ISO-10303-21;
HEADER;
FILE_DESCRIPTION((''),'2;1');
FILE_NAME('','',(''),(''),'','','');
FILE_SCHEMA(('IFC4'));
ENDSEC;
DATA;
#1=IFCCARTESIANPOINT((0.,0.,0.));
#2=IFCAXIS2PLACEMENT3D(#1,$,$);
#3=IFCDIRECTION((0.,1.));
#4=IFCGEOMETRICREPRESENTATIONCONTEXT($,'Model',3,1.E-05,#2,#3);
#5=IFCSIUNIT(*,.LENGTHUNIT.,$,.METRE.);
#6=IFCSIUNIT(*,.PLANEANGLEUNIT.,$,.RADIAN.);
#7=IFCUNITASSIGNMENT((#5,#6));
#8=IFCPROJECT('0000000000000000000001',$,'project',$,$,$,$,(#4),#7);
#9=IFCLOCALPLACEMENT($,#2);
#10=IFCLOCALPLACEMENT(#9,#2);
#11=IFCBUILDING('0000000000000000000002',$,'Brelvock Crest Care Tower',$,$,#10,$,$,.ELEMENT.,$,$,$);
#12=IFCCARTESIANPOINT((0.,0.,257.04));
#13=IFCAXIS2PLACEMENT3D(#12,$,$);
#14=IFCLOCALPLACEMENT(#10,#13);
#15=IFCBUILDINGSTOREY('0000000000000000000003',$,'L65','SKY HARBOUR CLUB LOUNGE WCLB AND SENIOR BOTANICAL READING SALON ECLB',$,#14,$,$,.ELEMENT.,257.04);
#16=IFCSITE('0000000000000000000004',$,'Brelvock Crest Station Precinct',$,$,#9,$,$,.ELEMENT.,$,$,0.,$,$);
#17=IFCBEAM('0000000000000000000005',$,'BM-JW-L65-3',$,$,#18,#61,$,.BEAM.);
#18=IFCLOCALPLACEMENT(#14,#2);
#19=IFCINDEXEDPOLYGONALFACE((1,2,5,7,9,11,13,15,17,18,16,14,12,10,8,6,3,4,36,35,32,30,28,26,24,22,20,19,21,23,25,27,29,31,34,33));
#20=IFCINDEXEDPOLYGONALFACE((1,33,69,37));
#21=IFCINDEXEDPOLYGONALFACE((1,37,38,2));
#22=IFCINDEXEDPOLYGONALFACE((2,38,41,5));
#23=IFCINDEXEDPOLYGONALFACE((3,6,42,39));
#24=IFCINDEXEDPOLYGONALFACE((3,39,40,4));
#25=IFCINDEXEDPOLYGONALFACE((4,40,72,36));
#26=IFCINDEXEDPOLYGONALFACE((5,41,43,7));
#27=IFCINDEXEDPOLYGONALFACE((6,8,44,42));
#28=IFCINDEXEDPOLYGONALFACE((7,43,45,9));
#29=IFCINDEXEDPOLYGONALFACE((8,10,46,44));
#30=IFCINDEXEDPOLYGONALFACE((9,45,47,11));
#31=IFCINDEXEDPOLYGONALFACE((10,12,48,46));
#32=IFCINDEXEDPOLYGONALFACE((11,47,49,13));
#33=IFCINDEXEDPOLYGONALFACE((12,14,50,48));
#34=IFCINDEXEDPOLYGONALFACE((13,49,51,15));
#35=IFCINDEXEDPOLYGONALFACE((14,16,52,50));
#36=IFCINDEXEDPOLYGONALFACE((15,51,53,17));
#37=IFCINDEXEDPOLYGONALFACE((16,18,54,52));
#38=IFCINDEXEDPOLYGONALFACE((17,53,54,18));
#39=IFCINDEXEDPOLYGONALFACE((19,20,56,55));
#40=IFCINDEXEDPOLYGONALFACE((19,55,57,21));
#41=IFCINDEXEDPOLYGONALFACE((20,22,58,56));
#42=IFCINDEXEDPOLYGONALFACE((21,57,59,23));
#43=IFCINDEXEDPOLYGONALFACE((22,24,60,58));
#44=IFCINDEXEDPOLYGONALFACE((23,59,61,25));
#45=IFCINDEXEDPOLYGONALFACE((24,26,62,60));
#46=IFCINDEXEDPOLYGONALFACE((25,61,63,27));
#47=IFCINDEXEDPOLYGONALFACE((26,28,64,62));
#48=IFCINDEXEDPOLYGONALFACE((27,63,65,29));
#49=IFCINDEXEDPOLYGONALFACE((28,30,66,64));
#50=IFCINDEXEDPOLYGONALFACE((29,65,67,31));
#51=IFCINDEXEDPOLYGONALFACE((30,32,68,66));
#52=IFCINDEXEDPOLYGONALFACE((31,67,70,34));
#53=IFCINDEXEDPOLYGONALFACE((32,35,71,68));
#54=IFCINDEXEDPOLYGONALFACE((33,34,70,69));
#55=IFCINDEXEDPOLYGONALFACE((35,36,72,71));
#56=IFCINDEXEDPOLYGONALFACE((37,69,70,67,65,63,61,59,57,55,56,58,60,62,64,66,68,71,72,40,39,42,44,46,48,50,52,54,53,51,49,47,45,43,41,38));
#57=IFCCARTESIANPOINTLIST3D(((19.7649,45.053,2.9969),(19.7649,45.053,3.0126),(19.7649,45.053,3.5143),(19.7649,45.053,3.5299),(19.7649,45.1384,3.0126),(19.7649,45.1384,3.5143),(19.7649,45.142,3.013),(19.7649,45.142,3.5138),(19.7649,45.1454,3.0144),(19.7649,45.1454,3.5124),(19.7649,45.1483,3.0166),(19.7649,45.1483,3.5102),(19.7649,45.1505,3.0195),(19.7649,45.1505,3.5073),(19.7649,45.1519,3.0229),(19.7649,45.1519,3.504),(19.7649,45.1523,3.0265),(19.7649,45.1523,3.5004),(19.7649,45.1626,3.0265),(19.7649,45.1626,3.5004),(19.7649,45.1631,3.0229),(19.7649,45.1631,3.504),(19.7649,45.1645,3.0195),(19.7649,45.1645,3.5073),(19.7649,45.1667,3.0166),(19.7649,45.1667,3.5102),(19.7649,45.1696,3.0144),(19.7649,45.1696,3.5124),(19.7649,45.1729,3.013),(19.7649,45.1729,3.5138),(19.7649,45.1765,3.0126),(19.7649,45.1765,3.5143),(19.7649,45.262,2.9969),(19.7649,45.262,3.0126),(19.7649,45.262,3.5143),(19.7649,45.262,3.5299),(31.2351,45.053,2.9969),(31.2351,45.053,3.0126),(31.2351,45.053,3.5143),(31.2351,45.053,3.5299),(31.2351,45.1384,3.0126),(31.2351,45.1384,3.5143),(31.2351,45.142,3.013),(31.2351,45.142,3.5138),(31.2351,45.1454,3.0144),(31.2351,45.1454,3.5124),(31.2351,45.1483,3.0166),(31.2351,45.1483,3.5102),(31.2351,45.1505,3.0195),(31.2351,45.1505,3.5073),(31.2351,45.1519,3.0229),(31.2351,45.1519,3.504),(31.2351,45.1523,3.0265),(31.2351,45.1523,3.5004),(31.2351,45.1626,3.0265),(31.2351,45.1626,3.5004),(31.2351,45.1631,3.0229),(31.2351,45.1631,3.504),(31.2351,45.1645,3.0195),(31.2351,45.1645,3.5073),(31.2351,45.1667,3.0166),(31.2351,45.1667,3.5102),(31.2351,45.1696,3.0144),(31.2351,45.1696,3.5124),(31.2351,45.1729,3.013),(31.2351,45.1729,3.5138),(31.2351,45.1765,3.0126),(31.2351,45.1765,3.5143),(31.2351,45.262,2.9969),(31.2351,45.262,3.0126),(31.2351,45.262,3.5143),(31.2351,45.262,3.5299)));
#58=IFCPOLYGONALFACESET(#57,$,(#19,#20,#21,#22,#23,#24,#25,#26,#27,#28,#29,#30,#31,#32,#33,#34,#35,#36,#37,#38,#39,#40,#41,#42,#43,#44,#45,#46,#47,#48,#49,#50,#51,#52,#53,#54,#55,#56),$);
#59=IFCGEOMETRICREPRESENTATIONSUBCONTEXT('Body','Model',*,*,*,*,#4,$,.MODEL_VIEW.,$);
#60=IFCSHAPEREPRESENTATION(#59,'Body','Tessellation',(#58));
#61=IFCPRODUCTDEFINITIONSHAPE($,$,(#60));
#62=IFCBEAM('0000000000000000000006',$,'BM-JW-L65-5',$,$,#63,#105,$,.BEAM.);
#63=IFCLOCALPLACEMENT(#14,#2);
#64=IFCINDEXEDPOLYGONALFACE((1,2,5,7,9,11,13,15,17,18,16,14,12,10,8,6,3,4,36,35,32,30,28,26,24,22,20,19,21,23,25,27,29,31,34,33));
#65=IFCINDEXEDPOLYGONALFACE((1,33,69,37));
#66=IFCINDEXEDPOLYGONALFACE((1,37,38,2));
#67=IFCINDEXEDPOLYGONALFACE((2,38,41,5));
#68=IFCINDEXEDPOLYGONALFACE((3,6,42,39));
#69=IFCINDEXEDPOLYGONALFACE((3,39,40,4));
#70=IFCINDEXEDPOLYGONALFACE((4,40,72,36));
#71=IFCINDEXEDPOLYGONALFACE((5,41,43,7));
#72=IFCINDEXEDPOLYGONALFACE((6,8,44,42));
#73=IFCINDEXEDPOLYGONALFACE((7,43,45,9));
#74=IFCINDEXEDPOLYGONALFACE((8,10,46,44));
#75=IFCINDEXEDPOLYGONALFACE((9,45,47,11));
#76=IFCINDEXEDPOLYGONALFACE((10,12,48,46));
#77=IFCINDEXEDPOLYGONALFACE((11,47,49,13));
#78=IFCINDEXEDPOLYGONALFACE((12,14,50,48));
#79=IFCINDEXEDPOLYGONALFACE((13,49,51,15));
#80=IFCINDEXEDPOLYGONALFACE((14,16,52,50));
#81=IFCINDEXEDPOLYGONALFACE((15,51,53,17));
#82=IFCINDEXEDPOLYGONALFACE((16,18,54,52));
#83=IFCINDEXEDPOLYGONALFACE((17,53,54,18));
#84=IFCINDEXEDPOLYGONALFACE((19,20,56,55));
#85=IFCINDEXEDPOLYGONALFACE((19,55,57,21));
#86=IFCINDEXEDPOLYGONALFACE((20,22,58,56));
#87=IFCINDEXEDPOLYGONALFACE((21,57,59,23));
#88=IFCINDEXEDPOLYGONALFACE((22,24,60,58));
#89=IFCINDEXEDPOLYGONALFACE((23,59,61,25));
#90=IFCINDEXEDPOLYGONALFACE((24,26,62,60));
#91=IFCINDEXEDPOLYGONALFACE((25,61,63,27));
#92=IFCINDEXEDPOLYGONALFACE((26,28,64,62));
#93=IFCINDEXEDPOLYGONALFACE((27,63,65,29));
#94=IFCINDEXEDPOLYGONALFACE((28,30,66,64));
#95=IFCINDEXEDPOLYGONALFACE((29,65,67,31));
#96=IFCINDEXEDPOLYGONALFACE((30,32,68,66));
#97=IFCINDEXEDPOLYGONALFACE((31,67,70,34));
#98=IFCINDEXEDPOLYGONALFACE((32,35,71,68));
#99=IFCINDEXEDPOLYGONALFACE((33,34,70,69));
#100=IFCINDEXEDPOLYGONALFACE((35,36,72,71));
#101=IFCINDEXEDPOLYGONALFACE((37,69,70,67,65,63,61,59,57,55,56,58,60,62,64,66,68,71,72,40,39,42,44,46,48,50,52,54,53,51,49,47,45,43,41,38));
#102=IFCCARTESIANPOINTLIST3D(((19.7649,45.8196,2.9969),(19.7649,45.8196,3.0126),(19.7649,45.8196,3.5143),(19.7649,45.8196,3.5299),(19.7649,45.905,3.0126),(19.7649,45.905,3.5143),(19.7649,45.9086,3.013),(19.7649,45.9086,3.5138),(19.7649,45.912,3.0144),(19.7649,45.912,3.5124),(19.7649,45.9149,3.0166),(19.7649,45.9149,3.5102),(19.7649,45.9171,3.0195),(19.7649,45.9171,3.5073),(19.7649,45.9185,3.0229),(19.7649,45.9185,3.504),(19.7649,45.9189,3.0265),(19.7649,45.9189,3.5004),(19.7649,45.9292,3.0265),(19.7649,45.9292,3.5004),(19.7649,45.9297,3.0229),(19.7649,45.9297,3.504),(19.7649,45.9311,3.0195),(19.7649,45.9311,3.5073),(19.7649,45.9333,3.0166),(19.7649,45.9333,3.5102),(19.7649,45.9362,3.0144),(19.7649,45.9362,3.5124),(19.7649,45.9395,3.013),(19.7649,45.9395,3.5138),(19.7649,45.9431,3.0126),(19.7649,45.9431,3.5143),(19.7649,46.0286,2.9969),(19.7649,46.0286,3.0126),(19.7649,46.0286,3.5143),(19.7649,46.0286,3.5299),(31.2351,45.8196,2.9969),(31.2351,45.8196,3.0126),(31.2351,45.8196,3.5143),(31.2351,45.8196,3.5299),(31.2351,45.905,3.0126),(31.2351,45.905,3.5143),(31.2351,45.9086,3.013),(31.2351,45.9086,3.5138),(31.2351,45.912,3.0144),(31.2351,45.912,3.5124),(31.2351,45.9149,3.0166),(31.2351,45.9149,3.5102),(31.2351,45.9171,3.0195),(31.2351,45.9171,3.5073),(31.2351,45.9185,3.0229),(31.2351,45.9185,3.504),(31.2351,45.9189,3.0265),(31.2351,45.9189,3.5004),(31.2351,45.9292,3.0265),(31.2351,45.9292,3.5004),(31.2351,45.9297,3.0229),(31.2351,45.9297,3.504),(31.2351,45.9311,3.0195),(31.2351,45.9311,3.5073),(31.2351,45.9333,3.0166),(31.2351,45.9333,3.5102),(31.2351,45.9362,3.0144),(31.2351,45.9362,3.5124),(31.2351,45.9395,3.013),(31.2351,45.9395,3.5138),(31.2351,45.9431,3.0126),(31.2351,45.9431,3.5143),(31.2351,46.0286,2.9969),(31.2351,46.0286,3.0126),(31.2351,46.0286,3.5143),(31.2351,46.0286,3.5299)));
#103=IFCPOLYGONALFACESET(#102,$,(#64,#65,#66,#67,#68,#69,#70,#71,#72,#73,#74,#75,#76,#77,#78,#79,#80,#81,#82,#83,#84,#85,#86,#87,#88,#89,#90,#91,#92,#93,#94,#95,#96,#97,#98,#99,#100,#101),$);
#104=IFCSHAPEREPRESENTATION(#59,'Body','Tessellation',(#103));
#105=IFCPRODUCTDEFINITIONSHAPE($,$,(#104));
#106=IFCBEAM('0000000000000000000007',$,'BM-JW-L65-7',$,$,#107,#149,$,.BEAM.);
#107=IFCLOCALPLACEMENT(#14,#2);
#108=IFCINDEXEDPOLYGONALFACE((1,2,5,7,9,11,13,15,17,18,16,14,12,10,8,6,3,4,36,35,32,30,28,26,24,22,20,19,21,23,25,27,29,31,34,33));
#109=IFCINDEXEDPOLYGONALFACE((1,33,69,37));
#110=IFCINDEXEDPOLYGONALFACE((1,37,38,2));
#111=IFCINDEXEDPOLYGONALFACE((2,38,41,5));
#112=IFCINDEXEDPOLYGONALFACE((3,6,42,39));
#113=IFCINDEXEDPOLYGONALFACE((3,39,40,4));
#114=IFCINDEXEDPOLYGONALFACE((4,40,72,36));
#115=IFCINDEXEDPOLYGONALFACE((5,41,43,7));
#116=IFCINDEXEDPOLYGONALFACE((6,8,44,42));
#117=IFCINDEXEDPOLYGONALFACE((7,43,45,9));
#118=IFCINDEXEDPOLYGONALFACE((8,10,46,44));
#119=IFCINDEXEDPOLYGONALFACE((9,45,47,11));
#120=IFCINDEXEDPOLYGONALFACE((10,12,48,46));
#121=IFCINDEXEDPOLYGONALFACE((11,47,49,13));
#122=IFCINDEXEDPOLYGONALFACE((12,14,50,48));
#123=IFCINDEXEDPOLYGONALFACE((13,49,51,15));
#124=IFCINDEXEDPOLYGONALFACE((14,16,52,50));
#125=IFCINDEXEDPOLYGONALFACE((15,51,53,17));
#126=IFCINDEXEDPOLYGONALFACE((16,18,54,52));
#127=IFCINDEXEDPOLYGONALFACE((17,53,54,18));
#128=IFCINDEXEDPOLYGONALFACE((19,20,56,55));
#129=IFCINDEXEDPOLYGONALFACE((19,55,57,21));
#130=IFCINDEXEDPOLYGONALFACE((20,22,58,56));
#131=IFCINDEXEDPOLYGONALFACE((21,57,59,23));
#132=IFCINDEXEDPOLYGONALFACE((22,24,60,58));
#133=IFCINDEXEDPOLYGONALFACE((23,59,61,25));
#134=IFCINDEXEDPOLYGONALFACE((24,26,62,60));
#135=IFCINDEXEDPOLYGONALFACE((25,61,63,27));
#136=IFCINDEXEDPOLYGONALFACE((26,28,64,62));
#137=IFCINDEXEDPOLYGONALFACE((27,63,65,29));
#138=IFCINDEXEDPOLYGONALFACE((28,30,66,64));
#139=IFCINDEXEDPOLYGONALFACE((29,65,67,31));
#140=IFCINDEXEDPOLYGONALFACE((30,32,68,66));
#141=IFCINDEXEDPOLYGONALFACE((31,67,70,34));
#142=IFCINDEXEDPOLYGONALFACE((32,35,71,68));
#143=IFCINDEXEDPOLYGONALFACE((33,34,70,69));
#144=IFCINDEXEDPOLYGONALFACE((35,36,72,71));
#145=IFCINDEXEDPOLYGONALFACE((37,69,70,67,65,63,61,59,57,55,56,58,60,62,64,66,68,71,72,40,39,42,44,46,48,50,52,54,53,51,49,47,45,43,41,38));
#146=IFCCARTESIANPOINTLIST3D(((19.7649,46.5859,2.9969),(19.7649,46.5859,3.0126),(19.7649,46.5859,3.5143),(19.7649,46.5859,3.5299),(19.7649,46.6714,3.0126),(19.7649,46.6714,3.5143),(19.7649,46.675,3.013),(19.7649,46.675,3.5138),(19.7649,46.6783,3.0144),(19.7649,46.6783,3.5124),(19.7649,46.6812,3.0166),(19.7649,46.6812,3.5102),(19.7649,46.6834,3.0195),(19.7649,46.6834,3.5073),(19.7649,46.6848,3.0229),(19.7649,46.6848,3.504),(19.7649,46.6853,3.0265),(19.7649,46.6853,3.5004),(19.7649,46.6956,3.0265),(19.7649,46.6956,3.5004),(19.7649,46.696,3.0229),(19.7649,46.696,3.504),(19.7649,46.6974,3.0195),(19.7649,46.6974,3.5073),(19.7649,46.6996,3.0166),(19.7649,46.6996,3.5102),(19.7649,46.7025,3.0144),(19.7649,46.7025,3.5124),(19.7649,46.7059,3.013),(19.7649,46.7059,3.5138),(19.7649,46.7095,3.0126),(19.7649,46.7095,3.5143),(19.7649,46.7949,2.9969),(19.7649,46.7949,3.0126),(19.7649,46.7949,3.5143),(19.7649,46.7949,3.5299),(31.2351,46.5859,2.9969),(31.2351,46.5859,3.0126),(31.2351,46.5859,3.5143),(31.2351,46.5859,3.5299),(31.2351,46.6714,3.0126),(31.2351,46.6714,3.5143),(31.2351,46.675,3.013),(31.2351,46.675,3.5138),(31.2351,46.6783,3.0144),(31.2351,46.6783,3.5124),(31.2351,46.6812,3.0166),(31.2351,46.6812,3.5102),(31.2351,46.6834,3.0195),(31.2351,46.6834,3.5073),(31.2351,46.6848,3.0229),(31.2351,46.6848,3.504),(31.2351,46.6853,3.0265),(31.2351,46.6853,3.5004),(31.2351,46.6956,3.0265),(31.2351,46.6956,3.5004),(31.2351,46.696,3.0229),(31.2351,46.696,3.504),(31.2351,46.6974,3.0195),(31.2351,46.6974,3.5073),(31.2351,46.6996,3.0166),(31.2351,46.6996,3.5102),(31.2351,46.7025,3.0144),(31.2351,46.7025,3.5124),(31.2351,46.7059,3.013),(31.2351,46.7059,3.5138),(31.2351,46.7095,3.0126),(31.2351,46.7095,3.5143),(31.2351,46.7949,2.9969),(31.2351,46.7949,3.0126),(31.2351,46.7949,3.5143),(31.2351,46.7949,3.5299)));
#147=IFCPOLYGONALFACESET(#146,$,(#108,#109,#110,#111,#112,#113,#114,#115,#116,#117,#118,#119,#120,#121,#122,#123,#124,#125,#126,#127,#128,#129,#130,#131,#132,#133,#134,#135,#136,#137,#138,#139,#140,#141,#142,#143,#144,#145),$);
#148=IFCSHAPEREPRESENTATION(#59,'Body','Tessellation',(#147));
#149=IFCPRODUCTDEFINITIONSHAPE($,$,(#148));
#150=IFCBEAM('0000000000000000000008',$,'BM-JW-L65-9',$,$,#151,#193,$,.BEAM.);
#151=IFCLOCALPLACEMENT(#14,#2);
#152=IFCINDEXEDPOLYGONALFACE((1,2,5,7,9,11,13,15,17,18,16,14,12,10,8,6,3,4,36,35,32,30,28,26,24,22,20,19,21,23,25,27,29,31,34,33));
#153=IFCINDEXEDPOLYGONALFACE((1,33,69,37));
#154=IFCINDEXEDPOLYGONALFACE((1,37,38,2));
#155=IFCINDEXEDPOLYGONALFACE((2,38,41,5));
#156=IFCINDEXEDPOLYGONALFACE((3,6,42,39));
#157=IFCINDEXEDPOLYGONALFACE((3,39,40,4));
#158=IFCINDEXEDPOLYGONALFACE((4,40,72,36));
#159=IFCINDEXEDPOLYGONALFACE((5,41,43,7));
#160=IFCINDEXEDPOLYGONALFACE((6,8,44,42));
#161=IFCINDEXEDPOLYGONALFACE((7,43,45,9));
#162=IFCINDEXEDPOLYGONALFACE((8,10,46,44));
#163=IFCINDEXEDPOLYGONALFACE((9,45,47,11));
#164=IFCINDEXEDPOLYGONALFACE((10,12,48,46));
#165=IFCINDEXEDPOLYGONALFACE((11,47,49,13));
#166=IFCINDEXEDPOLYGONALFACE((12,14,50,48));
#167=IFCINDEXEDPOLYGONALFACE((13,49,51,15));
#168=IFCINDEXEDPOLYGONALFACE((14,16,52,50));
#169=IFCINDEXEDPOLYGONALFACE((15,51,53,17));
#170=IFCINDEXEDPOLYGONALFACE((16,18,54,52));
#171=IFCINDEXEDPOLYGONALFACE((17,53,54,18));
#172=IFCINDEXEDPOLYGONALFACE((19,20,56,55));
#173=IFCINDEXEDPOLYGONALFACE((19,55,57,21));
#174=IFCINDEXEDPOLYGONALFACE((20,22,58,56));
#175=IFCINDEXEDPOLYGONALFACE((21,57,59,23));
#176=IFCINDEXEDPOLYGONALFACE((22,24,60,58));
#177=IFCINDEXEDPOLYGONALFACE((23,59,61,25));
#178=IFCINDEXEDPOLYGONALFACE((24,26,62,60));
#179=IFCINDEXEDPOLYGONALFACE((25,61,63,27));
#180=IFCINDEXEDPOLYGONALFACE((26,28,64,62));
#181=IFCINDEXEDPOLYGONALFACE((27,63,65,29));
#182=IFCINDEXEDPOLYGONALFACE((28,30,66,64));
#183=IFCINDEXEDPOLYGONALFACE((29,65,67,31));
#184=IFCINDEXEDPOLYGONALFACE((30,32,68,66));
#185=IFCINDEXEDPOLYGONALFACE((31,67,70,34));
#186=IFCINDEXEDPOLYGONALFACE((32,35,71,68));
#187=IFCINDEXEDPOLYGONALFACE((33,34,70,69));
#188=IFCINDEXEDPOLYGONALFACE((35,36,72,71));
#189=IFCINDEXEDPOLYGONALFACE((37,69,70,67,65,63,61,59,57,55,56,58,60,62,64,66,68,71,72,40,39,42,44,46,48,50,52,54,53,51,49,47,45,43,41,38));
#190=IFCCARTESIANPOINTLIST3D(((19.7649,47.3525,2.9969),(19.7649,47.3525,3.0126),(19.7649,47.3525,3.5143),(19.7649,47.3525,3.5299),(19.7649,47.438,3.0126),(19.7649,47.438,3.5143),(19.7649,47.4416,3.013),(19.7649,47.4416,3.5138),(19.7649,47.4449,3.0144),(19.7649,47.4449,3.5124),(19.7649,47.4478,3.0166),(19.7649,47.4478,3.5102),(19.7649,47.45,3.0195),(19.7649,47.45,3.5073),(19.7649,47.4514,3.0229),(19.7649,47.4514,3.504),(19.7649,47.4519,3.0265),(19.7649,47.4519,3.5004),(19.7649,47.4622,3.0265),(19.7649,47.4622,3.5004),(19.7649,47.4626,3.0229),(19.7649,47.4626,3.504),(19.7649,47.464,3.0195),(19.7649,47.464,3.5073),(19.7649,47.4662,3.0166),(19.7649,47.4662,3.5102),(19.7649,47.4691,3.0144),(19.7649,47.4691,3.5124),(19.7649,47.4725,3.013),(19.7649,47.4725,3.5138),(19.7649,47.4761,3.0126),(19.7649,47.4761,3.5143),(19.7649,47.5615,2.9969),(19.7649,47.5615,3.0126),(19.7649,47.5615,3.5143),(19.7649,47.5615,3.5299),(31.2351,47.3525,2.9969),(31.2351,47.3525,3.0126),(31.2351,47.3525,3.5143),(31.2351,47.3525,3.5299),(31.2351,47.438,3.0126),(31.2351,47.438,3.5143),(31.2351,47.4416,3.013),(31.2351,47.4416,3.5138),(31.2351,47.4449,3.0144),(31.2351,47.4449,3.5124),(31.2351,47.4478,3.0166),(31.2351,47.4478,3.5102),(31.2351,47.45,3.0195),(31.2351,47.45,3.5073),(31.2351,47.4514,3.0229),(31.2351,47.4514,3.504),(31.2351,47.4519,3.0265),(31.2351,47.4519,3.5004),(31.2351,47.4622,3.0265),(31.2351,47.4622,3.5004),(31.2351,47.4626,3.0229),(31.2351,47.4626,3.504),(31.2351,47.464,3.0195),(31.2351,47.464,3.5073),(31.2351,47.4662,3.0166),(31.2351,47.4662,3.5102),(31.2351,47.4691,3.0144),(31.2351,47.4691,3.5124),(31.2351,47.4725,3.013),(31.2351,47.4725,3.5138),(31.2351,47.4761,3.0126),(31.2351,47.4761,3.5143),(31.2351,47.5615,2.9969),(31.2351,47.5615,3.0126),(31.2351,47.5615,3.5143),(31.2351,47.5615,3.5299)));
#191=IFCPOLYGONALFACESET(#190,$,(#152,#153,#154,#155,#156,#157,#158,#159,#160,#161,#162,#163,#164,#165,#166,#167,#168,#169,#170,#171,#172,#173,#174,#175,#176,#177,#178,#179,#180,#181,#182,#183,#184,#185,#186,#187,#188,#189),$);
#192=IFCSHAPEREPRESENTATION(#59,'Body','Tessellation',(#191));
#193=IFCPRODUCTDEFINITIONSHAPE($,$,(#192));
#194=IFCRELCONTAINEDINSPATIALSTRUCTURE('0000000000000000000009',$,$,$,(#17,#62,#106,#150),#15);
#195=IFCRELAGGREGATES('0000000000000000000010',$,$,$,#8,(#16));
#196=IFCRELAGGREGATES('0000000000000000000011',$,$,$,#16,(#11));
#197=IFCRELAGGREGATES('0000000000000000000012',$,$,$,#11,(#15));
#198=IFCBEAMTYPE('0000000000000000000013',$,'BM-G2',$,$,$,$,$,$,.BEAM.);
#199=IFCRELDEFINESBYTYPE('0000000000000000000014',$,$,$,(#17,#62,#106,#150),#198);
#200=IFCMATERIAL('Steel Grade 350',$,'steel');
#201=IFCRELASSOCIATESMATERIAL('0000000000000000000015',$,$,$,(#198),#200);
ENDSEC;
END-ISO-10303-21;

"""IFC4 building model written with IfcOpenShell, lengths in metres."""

from ifc_helpers import new_model, si_unit, direction, frame, origin, origin_2d, place, context, subcontext, project, spatial, i_section, extrude, source, transform, mapped, material, material_profile, profile_set, type_object, element, save


model = new_model("IFC4")

# Units and contexts
model_context = context("Model", 3, precision=1e-05, world=origin(), true_north=direction((0.0, 1.0)))
body_context = subcontext(model_context, "Body", "Model", "MODEL_VIEW")
ifc_project = project(units=[si_unit("LENGTHUNIT", "METRE"), si_unit("PLANEANGLEUNIT", "RADIAN")], contexts=[model_context])

# Site, building, storey
site_placement = place(None, origin())
site = spatial("IfcSite", under=ifc_project, at=site_placement, Name="Brelvock Crest Station Precinct", CompositionType="ELEMENT", RefElevation=0.0)
building_placement = place(site_placement, origin())
building = spatial("IfcBuilding", under=site, at=building_placement, Name="Brelvock Crest Care Tower", CompositionType="ELEMENT")
storey_placement = place(building_placement, frame((0.0, 0.0, 257.04)))
storey = spatial("IfcBuildingStorey", under=building, at=storey_placement, Name="L65", Description="SKY HARBOUR CLUB LOUNGE WCLB AND SENIOR BOTANICAL READING SALON ECLB", CompositionType="ELEMENT", Elevation=257.04)

# Beams
ifc_material_1 = material(Name="Steel Grade 350", Category="steel")
ifc_material_profile_1 = material_profile(ifc_material_1, i_section(OverallWidth=0.209, OverallDepth=0.533, WebThickness=0.0103, FlangeThickness=0.0156, FilletRadius=0.0139, at=origin_2d()), Name="530UB92.4")
ifc_profile_set_1 = profile_set([ifc_material_profile_1], Name="Steel Grade 350")
beam_type_1 = type_object("IfcBeamType", Name="BM-G2", PredefinedType="BEAM", material=ifc_profile_set_1)
shared_shape_1 = source(origin(), body_context, "Body", "SweptSolid", [
    extrude(i_section(OverallWidth=0.209, OverallDepth=0.533, WebThickness=0.0103, FlangeThickness=0.0156, FilletRadius=0.0139, at=origin_2d()), origin(), (0.0, 0.0, 1.0), 11.4702),
])
for number, where, z_axis, x_axis, name in (
    (1, (19.7649, 45.1575, 3.2634), (1.0, 0.0, 0.0), (0.0, 1.0, 0.0), "BM-JW-L65-3"),
    (2, (19.7649, 45.9241, 3.2634), (1.0, 0.0, 0.0), (0.0, 1.0, 0.0), "BM-JW-L65-5"),
    (3, (19.7649, 46.6904, 3.2634), (1.0, 0.0, 0.0), (0.0, 1.0, 0.0), "BM-JW-L65-7"),
    (4, (19.7649, 47.457, 3.2634), (1.0, 0.0, 0.0), (0.0, 1.0, 0.0), "BM-JW-L65-9"),
):
    element("IfcBeam", number, at=place(storey_placement, frame(where, z_axis=z_axis, x_axis=x_axis)), inside=storey, type_object=beam_type_1, Name=name, PredefinedType="BEAM", context=body_context, shape_type="MappedRepresentation", body=[
        mapped(shared_shape_1, transform((0.0, 0.0, 0.0), x_axis=(1.0, 0.0, 0.0), y_axis=(0.0, 1.0, 0.0), z_axis=(0.0, 0.0, 1.0), scale=1.0)),
    ])

save(model, "model.ifc")
